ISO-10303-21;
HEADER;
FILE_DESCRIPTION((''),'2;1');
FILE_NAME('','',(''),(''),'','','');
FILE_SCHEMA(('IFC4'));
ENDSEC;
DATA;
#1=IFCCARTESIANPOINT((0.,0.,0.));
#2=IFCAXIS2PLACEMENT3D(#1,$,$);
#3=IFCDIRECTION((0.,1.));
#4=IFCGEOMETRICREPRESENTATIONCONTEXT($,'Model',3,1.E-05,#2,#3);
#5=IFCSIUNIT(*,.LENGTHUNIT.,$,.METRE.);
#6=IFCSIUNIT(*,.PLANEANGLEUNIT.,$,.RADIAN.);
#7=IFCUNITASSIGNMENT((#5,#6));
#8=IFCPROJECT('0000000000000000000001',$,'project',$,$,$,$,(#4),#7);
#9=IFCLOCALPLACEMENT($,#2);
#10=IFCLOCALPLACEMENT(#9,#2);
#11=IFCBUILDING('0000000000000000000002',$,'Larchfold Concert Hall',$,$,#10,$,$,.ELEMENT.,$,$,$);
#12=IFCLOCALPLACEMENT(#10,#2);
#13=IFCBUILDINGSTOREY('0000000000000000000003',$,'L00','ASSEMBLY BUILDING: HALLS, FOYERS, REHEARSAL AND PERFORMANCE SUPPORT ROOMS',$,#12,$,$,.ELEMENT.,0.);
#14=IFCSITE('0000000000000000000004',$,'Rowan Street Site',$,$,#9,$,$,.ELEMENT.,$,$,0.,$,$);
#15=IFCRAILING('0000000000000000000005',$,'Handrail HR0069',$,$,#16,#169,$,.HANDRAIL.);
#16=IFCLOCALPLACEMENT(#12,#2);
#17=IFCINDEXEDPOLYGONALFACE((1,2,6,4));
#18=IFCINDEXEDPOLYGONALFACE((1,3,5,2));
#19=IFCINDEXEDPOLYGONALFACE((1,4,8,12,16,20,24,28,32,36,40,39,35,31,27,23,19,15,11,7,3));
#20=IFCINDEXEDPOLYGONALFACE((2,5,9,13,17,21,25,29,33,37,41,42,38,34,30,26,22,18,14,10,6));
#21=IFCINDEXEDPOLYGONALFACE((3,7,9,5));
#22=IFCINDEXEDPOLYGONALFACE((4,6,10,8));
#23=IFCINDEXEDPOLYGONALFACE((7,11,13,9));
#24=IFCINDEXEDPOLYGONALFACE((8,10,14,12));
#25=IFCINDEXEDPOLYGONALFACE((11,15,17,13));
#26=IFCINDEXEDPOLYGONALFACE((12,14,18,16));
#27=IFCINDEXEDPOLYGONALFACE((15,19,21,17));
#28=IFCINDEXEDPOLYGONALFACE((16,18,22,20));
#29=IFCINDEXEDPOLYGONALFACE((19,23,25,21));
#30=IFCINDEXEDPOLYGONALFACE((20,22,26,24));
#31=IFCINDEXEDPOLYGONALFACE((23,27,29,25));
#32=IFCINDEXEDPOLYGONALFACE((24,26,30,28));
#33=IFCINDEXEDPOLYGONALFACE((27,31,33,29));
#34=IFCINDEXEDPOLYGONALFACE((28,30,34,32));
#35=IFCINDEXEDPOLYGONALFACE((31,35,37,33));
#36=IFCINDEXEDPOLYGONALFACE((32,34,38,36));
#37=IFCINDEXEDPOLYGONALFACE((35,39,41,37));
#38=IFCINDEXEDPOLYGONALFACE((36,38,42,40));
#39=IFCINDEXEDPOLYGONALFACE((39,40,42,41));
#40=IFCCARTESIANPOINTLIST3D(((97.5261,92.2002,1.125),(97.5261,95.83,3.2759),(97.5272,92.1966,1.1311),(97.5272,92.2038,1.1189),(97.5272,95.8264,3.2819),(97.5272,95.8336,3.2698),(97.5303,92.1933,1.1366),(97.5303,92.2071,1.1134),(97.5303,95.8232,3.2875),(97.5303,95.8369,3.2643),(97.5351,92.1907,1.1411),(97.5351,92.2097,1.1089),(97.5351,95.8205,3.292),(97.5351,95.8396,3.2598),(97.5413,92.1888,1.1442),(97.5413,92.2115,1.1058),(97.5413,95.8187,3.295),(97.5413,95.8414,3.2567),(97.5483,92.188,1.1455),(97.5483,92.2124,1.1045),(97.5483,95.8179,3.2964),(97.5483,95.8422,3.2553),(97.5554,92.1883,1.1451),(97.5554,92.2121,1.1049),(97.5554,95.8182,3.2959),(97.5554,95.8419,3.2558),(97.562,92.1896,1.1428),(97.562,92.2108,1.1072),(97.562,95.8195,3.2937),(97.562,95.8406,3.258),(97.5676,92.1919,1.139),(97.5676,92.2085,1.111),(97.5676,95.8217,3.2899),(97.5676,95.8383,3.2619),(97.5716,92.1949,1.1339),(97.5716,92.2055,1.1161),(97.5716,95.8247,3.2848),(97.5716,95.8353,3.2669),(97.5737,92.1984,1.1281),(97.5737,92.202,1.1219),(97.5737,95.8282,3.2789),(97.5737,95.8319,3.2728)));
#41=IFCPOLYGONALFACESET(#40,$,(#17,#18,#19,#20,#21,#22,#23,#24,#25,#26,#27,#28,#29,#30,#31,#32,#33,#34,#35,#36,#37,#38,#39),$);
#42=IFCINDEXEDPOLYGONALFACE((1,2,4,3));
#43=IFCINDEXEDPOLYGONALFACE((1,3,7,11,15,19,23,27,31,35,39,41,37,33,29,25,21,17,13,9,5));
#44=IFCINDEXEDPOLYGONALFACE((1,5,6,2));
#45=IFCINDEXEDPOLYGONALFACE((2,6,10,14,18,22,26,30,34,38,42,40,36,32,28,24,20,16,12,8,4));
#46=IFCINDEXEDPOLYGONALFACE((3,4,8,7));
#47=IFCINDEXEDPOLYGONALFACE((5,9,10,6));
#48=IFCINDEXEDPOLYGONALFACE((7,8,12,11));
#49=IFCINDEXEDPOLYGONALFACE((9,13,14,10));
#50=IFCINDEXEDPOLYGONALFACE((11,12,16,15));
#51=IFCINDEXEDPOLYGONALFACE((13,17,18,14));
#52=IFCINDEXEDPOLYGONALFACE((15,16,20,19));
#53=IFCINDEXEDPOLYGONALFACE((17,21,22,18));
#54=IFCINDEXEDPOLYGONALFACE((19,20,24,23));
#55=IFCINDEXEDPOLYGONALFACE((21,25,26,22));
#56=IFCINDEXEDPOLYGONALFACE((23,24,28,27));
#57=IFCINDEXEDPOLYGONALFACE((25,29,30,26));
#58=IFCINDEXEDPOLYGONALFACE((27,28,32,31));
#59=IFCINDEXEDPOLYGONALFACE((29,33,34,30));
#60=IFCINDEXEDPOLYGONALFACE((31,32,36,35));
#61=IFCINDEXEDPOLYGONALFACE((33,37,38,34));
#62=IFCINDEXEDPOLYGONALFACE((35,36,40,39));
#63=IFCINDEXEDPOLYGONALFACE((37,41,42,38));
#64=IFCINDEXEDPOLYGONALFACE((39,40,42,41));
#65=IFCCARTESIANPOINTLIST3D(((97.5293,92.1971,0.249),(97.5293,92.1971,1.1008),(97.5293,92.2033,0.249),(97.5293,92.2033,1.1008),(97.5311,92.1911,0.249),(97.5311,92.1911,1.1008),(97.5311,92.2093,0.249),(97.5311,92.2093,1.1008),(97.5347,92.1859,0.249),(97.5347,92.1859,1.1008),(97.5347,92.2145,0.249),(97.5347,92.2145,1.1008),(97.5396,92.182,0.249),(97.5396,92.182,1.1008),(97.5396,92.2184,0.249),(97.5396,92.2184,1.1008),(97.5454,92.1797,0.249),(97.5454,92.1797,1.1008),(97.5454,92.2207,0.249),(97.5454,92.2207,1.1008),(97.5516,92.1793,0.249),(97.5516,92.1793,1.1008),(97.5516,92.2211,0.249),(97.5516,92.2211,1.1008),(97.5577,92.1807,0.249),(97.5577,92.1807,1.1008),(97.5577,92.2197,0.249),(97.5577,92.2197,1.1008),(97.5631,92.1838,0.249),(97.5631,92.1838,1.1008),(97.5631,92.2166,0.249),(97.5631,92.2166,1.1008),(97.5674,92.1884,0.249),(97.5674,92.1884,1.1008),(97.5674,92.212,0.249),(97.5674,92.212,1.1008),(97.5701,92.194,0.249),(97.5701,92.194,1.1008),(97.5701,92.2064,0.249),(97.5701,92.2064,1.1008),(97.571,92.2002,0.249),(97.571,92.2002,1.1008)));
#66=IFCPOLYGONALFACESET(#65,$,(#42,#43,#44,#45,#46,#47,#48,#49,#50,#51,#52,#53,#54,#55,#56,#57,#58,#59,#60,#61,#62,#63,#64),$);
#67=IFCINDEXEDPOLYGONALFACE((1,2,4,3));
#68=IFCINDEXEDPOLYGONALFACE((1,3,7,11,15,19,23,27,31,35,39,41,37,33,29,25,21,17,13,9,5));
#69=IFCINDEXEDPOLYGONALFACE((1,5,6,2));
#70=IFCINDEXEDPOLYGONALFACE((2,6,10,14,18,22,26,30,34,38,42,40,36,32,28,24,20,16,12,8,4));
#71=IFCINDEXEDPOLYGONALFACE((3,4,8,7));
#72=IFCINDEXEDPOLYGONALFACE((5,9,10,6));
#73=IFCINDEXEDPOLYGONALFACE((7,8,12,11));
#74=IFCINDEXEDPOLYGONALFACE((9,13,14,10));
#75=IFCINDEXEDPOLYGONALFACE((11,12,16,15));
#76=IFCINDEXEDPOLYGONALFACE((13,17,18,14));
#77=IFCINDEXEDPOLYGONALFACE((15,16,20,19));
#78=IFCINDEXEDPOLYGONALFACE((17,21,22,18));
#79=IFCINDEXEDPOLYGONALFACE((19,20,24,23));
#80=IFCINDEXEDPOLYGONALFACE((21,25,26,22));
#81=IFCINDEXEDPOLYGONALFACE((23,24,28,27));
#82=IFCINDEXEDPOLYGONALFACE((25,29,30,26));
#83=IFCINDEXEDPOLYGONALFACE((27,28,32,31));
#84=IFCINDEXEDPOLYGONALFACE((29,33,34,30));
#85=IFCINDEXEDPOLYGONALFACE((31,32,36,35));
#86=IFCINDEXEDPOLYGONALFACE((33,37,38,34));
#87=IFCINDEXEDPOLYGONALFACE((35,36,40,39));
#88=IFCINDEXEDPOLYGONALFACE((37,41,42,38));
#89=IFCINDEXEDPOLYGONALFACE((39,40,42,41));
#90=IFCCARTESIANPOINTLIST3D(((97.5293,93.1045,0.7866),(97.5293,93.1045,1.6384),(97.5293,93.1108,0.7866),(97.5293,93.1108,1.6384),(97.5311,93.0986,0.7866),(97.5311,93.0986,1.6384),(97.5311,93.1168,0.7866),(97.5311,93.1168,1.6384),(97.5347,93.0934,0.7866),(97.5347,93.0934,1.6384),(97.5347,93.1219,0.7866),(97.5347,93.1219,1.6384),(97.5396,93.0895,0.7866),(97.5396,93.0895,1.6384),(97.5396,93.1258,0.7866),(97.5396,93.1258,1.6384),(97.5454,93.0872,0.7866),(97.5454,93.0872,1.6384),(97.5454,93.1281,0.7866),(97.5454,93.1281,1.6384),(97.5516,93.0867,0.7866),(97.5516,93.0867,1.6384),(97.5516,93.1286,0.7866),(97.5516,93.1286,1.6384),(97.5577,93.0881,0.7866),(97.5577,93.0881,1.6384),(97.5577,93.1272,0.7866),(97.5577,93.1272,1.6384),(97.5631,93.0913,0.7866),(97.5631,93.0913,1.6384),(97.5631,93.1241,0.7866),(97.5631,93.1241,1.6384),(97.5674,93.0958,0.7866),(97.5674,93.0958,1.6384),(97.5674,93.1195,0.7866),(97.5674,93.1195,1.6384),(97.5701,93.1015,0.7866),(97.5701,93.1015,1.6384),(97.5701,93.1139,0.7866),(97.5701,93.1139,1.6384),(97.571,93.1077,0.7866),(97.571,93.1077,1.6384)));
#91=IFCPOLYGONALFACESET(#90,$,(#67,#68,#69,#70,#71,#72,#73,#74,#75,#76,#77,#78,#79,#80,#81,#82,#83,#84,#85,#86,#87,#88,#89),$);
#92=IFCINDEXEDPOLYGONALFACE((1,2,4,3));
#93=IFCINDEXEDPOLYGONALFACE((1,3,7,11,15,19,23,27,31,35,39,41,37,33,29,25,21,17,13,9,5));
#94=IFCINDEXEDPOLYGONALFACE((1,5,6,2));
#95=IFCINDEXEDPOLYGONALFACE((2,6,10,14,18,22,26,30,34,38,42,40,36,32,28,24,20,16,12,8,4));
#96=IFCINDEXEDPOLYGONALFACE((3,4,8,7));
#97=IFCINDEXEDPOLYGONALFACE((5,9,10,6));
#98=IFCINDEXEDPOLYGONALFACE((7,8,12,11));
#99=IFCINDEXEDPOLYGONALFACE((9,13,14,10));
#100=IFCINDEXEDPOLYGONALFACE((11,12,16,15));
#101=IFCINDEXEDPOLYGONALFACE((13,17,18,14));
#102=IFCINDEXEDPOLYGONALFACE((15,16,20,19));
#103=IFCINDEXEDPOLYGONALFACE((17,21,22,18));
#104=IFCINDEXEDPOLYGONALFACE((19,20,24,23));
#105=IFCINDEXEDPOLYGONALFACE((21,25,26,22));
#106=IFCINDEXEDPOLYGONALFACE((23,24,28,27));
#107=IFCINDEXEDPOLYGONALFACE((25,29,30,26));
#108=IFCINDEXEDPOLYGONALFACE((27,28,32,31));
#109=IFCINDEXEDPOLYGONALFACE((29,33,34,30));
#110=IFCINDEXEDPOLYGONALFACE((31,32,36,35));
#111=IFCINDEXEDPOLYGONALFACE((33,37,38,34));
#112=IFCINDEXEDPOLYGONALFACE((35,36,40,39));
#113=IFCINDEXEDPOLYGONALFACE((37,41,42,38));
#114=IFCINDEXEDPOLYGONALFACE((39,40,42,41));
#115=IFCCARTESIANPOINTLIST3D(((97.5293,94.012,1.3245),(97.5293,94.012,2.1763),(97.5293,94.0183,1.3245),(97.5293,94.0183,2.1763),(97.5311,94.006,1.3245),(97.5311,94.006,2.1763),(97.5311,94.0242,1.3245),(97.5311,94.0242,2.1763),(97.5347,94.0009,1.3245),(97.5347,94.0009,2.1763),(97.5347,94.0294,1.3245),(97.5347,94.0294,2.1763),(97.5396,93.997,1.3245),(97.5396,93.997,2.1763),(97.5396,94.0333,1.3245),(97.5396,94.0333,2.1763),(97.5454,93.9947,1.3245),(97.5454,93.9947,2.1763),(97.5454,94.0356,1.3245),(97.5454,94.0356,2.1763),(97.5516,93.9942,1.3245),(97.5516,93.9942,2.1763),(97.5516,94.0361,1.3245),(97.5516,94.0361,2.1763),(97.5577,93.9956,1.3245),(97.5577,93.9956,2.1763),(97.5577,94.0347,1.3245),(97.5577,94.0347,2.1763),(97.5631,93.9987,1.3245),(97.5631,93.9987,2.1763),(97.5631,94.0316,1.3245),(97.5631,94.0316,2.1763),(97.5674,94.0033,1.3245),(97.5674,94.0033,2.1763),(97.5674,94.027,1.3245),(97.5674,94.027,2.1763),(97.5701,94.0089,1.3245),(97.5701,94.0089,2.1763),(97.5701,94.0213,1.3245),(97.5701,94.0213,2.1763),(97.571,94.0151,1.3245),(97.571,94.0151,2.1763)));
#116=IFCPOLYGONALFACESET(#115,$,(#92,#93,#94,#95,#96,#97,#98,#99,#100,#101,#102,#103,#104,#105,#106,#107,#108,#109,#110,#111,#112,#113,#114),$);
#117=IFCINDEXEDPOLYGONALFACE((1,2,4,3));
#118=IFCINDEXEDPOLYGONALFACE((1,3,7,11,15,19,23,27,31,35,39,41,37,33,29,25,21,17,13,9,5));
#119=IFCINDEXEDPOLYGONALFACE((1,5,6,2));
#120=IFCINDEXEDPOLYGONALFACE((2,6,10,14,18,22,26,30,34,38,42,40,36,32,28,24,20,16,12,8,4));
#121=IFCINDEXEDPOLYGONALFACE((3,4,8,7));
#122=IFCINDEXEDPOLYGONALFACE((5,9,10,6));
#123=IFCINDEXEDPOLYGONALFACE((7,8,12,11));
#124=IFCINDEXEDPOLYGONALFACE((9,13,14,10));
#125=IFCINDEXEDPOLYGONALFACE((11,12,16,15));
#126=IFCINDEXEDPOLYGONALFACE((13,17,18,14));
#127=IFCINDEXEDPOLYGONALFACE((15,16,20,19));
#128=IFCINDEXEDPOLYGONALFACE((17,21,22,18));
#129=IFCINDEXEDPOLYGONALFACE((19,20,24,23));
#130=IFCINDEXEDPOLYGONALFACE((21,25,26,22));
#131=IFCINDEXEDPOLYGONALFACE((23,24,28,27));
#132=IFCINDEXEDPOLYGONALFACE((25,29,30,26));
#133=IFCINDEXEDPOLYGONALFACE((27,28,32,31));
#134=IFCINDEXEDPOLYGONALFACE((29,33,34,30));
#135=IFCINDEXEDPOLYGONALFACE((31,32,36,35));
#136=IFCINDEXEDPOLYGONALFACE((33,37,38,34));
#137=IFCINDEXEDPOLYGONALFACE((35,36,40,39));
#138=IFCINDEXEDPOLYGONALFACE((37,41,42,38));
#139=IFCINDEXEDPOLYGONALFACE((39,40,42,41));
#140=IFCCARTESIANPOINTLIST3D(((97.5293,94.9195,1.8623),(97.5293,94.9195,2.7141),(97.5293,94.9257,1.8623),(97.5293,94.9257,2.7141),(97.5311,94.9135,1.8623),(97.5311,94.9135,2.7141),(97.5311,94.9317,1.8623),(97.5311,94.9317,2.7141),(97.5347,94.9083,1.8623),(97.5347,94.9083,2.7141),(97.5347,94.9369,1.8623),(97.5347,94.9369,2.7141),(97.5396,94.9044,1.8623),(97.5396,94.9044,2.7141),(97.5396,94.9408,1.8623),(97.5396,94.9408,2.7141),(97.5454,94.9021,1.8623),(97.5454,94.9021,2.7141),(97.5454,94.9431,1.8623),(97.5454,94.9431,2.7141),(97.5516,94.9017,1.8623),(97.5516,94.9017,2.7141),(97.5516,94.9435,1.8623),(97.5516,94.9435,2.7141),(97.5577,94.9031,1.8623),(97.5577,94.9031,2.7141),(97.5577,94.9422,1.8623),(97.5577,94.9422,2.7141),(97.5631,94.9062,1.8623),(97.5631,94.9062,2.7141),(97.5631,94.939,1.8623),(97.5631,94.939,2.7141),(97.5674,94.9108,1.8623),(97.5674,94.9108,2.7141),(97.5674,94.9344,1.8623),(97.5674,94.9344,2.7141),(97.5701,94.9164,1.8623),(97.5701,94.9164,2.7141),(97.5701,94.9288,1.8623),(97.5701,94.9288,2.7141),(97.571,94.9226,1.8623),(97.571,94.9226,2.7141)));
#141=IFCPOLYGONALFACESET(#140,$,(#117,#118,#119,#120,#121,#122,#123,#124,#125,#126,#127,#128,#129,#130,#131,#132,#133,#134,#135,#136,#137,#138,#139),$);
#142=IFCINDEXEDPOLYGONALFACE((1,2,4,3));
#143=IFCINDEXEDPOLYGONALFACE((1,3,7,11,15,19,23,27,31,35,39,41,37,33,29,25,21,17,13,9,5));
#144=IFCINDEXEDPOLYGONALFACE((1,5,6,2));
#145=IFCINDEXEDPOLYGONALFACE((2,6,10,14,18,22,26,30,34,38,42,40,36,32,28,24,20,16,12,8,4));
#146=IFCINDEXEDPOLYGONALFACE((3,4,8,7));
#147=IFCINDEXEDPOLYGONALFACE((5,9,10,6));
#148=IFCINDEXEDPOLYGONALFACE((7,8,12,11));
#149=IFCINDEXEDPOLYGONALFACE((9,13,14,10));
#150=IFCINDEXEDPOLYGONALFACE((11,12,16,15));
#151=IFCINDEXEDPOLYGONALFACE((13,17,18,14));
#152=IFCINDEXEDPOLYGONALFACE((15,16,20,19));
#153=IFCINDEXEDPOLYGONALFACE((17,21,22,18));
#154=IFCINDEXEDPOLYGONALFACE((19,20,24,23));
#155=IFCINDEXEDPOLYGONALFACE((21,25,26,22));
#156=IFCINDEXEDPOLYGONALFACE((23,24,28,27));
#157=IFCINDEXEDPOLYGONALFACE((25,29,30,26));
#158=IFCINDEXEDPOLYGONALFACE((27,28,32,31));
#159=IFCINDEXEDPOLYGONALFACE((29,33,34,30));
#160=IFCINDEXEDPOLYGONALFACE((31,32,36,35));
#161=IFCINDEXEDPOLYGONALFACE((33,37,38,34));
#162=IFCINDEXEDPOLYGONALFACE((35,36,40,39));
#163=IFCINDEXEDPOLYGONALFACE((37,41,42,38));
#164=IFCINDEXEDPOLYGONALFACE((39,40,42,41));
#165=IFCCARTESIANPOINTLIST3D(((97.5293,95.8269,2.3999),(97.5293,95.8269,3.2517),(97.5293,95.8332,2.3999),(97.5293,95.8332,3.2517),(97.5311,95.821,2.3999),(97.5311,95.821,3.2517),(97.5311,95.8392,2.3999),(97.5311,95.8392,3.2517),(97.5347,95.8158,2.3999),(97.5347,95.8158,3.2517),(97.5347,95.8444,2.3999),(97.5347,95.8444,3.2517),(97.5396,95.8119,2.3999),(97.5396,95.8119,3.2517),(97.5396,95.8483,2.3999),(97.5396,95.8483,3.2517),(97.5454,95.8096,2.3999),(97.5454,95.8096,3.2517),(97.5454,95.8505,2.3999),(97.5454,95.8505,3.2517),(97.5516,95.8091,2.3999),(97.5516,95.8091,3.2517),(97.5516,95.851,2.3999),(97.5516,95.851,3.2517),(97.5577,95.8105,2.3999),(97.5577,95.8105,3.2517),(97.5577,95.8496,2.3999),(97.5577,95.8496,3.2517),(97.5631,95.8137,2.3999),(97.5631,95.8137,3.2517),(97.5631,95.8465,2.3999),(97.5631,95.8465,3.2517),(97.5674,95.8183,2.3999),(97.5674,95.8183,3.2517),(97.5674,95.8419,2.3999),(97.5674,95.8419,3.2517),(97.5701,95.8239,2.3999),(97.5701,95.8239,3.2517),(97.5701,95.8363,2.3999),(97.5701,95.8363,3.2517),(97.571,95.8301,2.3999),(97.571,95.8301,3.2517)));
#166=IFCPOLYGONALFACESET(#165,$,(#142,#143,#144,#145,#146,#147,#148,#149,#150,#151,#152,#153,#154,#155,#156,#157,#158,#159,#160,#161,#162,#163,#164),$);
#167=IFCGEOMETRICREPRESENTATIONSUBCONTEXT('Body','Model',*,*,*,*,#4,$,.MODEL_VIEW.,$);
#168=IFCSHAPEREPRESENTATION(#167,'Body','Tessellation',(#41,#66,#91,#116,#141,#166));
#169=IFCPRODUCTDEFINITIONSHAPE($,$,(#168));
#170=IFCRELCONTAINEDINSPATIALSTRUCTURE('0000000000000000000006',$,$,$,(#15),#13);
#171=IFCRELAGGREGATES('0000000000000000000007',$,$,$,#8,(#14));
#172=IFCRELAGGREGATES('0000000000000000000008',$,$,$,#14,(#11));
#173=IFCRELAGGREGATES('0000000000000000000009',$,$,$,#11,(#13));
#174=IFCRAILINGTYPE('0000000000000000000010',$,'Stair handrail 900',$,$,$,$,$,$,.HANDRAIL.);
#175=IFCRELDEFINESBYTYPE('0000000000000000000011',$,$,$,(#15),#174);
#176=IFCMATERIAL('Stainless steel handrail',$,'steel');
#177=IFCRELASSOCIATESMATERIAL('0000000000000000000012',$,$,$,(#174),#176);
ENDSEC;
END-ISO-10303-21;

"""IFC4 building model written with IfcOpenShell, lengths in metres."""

from ifc_helpers import new_model, si_unit, direction, frame, origin, origin_2d, place, context, subcontext, project, spatial, circle, extrude, material, type_object, element, save


model = new_model("IFC4")

# Units and contexts
model_context = context("Model", 3, precision=1e-05, world=origin(), true_north=direction((0.0, 1.0)))
body_context = subcontext(model_context, "Body", "Model", "MODEL_VIEW")
ifc_project = project(units=[si_unit("LENGTHUNIT", "METRE"), si_unit("PLANEANGLEUNIT", "RADIAN")], contexts=[model_context])

# Site, building, storey
site_placement = place(None, origin())
site = spatial("IfcSite", under=ifc_project, at=site_placement, Name="Rowan Street Site", CompositionType="ELEMENT", RefElevation=0.0)
building_placement = place(site_placement, origin())
building = spatial("IfcBuilding", under=site, at=building_placement, Name="Larchfold Concert Hall", CompositionType="ELEMENT")
storey_placement = place(building_placement, origin())
storey = spatial("IfcBuildingStorey", under=building, at=storey_placement, Name="L00", Description="ASSEMBLY BUILDING: HALLS, FOYERS, REHEARSAL AND PERFORMANCE SUPPORT ROOMS", CompositionType="ELEMENT", Elevation=0.0)

# Railing
ifc_material_1 = material(Name="Stainless steel handrail", Category="steel")
railing_type_1 = type_object("IfcRailingType", Name="Stair handrail 900", PredefinedType="HANDRAIL", material=ifc_material_1)
railing_1_placement = place(storey_placement, frame((97.55, 92.2002, 0.249)))
element("IfcRailing", 1, at=railing_1_placement, inside=storey, type_object=railing_type_1, Name="Handrail HR0069", PredefinedType="HANDRAIL", context=body_context, shape_type="SweptSolid", body=[
    extrude(circle(Radius=0.0239, at=origin_2d()), frame((0.0, 0.0, 0.876), z_axis=(0.0, 0.860308, 0.509774), x_axis=(-1.0, 0.0, 0.0)), (0.0, 0.0, 1.0), 4.2192),
    extrude(circle(Radius=0.021, at=origin_2d()), origin(), (0.0, 0.0, 1.0), 0.8518),
    extrude(circle(Radius=0.021, at=origin_2d()), frame((0.0, 0.9075, 0.5376)), (0.0, 0.0, 1.0), 0.8518),
    extrude(circle(Radius=0.021, at=origin_2d()), frame((0.0, 1.8149, 1.0754)), (0.0, 0.0, 1.0), 0.8518),
    extrude(circle(Radius=0.021, at=origin_2d()), frame((0.0, 2.7224, 1.6133)), (0.0, 0.0, 1.0), 0.8518),
    extrude(circle(Radius=0.021, at=origin_2d()), frame((0.0, 3.6299, 2.1509)), (0.0, 0.0, 1.0), 0.8518),
])

save(model, "model.ifc")
